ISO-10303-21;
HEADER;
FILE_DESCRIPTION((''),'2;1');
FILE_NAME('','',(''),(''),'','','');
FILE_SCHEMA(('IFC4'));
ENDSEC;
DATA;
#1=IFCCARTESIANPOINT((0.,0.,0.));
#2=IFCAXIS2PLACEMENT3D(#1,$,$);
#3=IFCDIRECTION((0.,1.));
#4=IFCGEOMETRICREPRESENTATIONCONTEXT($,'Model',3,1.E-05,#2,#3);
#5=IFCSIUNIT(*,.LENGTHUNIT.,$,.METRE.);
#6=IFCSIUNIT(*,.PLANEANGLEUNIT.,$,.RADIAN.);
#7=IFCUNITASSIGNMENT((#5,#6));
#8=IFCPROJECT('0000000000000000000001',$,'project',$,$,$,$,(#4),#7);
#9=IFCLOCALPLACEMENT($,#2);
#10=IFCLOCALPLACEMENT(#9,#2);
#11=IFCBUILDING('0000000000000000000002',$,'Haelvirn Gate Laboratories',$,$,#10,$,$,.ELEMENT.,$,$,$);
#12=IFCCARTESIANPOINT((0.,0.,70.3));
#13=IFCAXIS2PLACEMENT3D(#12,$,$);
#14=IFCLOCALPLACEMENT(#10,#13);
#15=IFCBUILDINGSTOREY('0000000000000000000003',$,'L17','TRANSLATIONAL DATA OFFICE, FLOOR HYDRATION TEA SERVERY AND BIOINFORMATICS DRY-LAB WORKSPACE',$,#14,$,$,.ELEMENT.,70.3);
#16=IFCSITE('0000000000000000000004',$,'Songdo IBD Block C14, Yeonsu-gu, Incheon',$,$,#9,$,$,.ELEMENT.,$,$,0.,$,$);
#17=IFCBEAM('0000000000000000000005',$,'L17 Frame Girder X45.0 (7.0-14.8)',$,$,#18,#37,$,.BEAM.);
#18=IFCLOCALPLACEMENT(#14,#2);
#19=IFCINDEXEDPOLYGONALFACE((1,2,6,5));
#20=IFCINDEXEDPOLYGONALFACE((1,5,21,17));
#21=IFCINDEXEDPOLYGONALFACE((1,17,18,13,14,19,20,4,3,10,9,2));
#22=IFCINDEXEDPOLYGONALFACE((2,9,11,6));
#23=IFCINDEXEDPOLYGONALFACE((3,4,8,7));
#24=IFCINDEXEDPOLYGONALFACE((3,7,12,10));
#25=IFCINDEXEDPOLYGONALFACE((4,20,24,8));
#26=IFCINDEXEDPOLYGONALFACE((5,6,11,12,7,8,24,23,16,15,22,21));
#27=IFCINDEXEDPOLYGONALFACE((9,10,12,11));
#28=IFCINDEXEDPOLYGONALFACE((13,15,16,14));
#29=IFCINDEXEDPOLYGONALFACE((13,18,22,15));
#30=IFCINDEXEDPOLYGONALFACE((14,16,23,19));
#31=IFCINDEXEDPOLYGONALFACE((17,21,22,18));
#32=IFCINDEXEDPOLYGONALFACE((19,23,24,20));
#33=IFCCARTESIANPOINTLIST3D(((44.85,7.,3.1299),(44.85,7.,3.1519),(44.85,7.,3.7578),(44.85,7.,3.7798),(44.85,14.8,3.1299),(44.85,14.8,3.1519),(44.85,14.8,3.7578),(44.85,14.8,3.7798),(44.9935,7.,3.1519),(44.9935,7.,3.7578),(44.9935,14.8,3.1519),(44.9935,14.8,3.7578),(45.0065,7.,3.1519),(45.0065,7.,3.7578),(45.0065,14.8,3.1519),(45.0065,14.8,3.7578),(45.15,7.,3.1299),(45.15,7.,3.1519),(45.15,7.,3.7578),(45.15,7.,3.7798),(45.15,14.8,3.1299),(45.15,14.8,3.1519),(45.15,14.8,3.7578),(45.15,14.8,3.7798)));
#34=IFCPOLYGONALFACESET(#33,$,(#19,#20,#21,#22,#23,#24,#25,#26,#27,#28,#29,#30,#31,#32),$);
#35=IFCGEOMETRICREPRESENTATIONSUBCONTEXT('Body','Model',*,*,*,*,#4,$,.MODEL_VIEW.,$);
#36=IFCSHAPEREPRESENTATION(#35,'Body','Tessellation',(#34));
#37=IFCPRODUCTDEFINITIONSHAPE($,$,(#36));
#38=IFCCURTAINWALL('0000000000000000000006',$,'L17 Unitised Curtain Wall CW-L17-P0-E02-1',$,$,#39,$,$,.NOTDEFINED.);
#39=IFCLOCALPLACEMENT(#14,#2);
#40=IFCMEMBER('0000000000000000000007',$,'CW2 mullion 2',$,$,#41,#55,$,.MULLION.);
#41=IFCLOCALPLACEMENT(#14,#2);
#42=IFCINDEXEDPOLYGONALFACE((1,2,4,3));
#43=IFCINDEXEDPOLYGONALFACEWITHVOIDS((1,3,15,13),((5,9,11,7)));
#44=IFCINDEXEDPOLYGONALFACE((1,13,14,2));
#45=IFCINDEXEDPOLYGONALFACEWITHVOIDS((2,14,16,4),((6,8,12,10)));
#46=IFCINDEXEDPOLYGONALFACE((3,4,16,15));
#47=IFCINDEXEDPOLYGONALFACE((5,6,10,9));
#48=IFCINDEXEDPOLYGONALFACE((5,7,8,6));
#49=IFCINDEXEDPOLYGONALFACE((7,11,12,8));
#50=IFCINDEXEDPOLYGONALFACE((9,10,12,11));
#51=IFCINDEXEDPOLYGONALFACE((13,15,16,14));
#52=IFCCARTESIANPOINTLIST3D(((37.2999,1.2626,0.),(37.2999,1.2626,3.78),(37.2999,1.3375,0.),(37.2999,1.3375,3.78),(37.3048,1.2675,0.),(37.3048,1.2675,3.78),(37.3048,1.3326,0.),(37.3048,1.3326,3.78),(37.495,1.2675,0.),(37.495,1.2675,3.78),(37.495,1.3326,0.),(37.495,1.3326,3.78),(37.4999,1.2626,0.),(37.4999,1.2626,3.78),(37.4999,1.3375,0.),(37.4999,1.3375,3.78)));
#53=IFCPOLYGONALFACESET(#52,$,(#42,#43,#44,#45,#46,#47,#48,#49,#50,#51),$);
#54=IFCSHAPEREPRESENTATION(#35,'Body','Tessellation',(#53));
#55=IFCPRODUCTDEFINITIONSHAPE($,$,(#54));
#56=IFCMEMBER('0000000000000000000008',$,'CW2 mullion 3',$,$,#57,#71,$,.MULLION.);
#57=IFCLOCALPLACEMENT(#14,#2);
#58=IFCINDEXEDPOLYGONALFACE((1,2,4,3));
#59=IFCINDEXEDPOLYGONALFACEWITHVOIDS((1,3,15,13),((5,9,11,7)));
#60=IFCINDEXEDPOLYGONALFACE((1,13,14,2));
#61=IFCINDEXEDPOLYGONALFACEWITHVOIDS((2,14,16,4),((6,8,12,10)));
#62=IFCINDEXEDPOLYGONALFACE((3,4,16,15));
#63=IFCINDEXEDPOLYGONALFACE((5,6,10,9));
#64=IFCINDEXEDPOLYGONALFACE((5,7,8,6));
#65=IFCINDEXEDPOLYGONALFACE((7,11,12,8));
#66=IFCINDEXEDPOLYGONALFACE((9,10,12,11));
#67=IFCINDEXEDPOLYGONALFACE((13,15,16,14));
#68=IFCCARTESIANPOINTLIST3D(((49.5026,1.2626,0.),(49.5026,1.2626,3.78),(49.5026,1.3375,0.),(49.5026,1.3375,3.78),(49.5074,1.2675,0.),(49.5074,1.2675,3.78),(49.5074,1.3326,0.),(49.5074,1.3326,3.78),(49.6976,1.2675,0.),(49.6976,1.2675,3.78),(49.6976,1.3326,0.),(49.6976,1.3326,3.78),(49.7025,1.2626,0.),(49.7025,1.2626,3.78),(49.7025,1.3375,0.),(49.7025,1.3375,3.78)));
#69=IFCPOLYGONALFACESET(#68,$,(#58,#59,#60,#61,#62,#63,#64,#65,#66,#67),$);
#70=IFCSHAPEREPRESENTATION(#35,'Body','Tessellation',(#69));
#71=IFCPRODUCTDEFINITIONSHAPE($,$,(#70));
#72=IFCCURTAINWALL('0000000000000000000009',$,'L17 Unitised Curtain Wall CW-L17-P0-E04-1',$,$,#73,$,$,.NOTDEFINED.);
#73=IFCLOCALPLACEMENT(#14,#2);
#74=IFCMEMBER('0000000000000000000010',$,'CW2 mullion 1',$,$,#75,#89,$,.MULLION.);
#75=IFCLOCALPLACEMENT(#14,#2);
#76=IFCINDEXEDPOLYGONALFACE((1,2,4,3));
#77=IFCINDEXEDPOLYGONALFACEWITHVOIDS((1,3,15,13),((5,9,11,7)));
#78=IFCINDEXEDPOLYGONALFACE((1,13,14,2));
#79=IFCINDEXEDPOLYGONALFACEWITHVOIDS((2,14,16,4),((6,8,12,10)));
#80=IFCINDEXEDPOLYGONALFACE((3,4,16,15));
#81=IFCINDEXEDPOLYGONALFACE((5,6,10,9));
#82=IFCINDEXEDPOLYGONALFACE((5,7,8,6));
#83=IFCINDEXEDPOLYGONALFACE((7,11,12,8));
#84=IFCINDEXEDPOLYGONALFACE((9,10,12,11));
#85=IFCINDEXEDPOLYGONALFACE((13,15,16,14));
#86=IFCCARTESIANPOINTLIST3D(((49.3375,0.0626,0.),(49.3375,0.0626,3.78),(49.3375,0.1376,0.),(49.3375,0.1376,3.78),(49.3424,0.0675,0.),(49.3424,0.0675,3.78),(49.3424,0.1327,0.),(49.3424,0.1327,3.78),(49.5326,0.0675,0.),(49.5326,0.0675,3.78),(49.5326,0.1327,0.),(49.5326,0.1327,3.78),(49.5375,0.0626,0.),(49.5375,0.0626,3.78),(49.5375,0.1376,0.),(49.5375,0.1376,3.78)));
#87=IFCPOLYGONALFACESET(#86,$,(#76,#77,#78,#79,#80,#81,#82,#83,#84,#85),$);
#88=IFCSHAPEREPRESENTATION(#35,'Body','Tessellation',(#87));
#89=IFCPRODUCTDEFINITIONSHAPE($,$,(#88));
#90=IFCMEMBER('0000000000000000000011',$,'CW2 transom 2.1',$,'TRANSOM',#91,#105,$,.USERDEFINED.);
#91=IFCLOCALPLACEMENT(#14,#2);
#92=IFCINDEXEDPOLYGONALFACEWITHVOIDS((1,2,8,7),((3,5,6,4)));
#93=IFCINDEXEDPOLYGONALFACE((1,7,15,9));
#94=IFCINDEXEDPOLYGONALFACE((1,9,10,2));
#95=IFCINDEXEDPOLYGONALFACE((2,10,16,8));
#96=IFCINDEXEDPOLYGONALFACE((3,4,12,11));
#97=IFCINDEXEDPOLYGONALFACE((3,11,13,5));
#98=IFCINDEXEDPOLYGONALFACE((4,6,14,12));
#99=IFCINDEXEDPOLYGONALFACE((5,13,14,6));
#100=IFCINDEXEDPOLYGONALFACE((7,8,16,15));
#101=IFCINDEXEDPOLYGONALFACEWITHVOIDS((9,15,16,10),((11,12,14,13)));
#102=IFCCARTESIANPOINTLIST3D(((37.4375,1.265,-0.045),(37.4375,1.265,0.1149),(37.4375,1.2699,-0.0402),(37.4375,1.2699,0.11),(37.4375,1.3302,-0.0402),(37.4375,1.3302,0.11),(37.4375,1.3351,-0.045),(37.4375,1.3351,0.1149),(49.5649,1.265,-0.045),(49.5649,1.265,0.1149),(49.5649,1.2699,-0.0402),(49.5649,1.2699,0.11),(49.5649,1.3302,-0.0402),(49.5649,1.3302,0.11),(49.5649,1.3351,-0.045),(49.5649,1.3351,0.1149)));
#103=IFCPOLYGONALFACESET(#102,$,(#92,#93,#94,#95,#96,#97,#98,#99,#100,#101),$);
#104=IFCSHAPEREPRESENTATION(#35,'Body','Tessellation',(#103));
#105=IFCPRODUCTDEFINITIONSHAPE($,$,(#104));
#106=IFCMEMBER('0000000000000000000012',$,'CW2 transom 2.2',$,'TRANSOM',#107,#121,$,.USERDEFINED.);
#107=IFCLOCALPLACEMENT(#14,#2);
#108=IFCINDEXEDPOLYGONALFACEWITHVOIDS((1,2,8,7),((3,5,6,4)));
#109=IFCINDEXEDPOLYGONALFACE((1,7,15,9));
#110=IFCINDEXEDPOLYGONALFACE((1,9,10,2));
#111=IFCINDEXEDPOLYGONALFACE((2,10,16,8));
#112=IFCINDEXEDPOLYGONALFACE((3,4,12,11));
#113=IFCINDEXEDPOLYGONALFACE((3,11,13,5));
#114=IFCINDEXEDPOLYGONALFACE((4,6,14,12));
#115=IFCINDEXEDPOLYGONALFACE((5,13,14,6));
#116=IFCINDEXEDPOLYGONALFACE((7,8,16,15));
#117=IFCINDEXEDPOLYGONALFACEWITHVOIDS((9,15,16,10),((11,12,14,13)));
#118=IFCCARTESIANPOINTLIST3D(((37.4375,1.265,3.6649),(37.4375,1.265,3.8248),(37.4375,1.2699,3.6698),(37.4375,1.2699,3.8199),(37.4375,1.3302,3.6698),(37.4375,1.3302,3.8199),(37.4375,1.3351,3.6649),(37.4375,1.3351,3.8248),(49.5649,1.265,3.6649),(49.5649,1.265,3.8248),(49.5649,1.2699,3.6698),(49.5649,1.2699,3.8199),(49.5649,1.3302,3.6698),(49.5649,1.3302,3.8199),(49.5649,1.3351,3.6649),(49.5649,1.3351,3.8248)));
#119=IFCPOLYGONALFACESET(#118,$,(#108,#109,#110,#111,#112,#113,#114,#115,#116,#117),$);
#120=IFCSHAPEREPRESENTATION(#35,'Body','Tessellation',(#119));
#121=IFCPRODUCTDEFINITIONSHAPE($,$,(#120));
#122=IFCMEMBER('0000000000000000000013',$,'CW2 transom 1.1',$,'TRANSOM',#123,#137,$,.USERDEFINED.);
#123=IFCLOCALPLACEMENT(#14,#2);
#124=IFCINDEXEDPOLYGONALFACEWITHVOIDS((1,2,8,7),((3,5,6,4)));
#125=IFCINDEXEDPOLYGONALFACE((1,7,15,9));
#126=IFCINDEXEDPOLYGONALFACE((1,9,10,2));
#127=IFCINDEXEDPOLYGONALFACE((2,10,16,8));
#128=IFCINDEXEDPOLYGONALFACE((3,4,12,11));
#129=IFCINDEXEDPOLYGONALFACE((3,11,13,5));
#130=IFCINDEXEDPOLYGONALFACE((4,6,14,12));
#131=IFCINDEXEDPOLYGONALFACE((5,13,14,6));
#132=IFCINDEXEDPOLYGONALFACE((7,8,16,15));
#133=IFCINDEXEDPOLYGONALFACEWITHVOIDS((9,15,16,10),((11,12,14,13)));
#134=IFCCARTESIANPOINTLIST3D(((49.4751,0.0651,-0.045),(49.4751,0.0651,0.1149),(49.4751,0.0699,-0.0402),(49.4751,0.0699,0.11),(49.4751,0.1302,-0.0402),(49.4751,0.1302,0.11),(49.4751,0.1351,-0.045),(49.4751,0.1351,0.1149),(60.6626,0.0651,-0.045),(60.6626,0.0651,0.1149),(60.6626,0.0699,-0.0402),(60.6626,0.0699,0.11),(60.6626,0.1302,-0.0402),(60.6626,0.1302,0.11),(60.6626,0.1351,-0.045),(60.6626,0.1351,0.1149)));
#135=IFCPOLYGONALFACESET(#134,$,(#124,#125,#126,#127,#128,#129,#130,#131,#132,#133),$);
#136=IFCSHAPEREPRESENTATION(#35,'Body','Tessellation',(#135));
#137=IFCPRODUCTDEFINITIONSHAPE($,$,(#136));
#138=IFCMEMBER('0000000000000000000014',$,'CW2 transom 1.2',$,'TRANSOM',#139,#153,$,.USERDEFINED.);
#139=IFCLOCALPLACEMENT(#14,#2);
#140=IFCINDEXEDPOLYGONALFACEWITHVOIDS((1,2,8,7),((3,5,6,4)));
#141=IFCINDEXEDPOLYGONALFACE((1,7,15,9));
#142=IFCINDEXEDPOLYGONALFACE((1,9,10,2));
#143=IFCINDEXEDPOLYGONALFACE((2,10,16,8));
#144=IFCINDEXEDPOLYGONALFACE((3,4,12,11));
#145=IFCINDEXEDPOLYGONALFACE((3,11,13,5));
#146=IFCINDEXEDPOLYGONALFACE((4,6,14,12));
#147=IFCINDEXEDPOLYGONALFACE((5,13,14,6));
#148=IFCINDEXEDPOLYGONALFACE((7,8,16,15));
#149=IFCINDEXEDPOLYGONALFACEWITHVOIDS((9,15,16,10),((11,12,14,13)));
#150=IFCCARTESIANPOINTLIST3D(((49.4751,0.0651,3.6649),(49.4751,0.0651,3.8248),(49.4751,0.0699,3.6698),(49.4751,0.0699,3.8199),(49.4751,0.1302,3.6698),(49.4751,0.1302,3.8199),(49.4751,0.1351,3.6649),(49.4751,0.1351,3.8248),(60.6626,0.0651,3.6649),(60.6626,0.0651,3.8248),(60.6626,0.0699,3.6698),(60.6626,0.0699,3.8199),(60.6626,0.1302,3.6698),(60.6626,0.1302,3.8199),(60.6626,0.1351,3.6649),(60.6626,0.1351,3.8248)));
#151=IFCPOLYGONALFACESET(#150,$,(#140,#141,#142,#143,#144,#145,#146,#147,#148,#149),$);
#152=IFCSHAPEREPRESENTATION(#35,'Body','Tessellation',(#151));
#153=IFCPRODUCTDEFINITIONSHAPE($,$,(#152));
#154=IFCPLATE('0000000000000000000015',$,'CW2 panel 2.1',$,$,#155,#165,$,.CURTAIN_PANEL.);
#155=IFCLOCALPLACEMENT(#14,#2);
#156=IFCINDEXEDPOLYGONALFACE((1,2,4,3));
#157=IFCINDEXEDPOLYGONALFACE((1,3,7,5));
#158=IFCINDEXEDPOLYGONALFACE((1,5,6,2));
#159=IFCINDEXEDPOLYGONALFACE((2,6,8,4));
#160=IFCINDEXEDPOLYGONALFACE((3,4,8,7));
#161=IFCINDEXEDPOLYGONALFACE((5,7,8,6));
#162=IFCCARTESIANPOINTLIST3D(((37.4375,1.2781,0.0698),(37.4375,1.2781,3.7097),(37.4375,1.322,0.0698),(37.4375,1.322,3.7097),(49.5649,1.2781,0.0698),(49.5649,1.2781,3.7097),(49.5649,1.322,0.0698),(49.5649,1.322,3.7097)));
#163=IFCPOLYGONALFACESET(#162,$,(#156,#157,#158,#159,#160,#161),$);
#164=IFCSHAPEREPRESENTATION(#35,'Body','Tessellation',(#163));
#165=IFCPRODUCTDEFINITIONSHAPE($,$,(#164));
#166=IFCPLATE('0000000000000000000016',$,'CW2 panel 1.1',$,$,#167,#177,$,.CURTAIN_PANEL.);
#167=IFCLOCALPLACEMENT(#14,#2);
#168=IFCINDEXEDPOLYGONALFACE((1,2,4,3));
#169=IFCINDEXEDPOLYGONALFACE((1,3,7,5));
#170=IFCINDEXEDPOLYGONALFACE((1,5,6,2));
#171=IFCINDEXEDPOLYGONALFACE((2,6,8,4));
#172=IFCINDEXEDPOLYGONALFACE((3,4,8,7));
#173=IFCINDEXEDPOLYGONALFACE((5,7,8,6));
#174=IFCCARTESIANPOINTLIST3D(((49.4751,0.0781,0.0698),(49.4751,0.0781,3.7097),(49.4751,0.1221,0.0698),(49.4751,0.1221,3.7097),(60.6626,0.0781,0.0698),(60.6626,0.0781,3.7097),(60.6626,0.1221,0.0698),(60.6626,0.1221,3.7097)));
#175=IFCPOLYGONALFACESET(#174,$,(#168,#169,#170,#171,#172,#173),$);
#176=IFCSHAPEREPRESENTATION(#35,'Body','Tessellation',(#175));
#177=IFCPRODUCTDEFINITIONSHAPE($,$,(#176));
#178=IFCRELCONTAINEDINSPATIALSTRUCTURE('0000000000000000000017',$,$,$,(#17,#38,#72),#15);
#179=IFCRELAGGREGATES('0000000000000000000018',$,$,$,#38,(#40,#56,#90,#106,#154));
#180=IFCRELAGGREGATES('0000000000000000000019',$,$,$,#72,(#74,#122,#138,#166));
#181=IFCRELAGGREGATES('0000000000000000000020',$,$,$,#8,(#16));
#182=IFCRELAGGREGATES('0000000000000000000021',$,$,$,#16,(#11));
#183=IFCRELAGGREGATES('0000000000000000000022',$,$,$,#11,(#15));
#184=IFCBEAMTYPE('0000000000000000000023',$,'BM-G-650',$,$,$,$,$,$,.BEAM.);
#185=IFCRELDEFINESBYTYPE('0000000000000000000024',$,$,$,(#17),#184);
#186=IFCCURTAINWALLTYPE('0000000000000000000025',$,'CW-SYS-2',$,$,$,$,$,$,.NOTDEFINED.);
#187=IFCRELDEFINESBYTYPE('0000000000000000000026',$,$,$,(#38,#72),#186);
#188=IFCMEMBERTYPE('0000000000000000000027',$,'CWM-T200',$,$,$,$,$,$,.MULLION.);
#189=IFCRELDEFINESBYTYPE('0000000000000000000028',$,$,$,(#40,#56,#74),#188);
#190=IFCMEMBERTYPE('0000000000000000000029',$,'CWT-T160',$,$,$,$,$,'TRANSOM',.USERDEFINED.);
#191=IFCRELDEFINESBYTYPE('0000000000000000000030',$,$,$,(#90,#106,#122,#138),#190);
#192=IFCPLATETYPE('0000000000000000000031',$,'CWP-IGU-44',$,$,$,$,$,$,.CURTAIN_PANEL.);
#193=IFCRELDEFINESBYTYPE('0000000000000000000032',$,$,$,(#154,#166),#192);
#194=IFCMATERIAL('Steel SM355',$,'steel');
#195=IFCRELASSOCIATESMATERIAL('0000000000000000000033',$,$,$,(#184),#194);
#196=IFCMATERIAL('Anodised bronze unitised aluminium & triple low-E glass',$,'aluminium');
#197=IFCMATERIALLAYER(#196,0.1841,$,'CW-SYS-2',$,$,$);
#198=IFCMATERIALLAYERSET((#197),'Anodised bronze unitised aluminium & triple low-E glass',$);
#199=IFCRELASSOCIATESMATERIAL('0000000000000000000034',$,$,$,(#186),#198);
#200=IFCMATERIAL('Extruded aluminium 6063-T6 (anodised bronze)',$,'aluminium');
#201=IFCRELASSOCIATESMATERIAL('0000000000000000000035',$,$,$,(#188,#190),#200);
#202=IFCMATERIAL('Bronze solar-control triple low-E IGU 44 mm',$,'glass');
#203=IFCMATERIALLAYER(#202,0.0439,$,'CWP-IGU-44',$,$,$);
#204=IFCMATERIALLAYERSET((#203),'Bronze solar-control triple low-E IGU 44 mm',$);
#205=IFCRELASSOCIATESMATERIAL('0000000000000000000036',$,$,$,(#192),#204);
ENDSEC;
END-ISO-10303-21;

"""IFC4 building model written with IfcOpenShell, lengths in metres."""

from ifc_helpers import new_model, si_unit, direction, frame, origin, origin_2d, place, context, subcontext, project, spatial, rectangle, hollow_rectangle, i_section, extrude, source, transform, mapped, material, layer, layer_set, material_profile, profile_set, type_object, type_shapes, element, aggregate, save


model = new_model("IFC4")

# Units and contexts
model_context = context("Model", 3, precision=1e-05, world=origin(), true_north=direction((0.0, 1.0)))
body_context = subcontext(model_context, "Body", "Model", "MODEL_VIEW")
ifc_project = project(units=[si_unit("LENGTHUNIT", "METRE"), si_unit("PLANEANGLEUNIT", "RADIAN")], contexts=[model_context])

# Site, building, storey
site_placement = place(None, origin())
site = spatial("IfcSite", under=ifc_project, at=site_placement, Name="Songdo IBD Block C14, Yeonsu-gu, Incheon", CompositionType="ELEMENT", RefElevation=0.0)
building_placement = place(site_placement, origin())
building = spatial("IfcBuilding", under=site, at=building_placement, Name="Haelvirn Gate Laboratories", CompositionType="ELEMENT")
storey_placement = place(building_placement, frame((0.0, 0.0, 70.3)))
storey = spatial("IfcBuildingStorey", under=building, at=storey_placement, Name="L17", Description="TRANSLATIONAL DATA OFFICE, FLOOR HYDRATION TEA SERVERY AND BIOINFORMATICS DRY-LAB WORKSPACE", CompositionType="ELEMENT", Elevation=70.3)

# Beam
ifc_material_1 = material(Name="Steel SM355", Category="steel")
ifc_material_profile_1 = material_profile(ifc_material_1, i_section(OverallWidth=0.3, OverallDepth=0.6499, WebThickness=0.0129, FlangeThickness=0.022, at=origin_2d()), Name="H-650x300x13x22")
ifc_profile_set_1 = profile_set([ifc_material_profile_1], Name="Steel SM355")
beam_type_1 = type_object("IfcBeamType", Name="BM-G-650", PredefinedType="BEAM", material=ifc_profile_set_1)
shared_shape_1 = source(origin(), body_context, "Body", "SweptSolid", [
    extrude(i_section(OverallWidth=0.3, OverallDepth=0.6499, WebThickness=0.0129, FlangeThickness=0.022, at=origin_2d()), origin(), (0.0, 0.0, 1.0), 7.8),
])
type_shapes(beam_type_1, [shared_shape_1])
for number, where, z_axis, x_axis, name in (
    (1, (45.0, 7.0, 3.4548), (0.0, 1.0, 0.0), (-1.0, 0.0, 0.0), "L17 Frame Girder X45.0 (7.0-14.8)"),
):
    element("IfcBeam", number, at=place(storey_placement, frame(where, z_axis=z_axis, x_axis=x_axis)), inside=storey, type_object=beam_type_1, Name=name, PredefinedType="BEAM", context=body_context, shape_type="MappedRepresentation", body=[
        mapped(shared_shape_1, transform((0.0, 0.0, 0.0), scale=1.0)),
    ])

# Curtain wall, members
ifc_material_2 = material(Name="Anodised bronze unitised aluminium & triple low-E glass", Category="aluminium")
ifc_layer_1 = layer(ifc_material_2, 0.1841, Name="CW-SYS-2")
ifc_layer_set_1 = layer_set([ifc_layer_1], Name="Anodised bronze unitised aluminium & triple low-E glass")
curtain_wall_type = type_object("IfcCurtainWallType", Name="CW-SYS-2", PredefinedType="NOTDEFINED", material=ifc_layer_set_1)
curtain_wall_1_placement = place(storey_placement, origin())
curtain_wall_1 = element("IfcCurtainWall", 2, at=curtain_wall_1_placement, inside=storey, type_object=curtain_wall_type, Name="L17 Unitised Curtain Wall CW-L17-P0-E02-1", PredefinedType="NOTDEFINED")
ifc_material_3 = material(Name="Extruded aluminium 6063-T6 (anodised bronze)", Category="aluminium")
ifc_material_profile_2 = material_profile(ifc_material_3, hollow_rectangle(XDim=0.075, YDim=0.2, WallThickness=0.0049, at=origin_2d()), Name="CWM-200x75x5")
ifc_profile_set_2 = profile_set([ifc_material_profile_2], Name="Extruded aluminium 6063-T6 (anodised bronze)")
member_type_1 = type_object("IfcMemberType", Name="CWM-T200", PredefinedType="MULLION", material=ifc_profile_set_2)
shared_shape_2 = source(origin(), body_context, "Body", "SweptSolid", [
    extrude(hollow_rectangle(XDim=0.075, YDim=0.2, WallThickness=0.0049, at=origin_2d()), origin(), (0.0, 0.0, 1.0), 3.78),
])
type_shapes(member_type_1, [shared_shape_2])
member_1_placement = place(storey_placement, frame((37.3999, 1.3, 0.0), z_axis=(0.0, 0.0, 1.0), x_axis=(0.0, 1.0, 0.0)))
member_1 = element("IfcMember", 3, at=member_1_placement, type_object=member_type_1, Name="CW2 mullion 2", PredefinedType="MULLION", context=body_context, shape_type="MappedRepresentation", body=[
    mapped(shared_shape_2, transform((0.0, 0.0, 0.0), scale=1.0)),
])
member_2_placement = place(storey_placement, frame((49.6025, 1.3, 0.0), z_axis=(0.0, 0.0, 1.0), x_axis=(0.0, 1.0, 0.0)))
member_2 = element("IfcMember", 4, at=member_2_placement, type_object=member_type_1, Name="CW2 mullion 3", PredefinedType="MULLION", context=body_context, shape_type="MappedRepresentation", body=[
    mapped(shared_shape_2, transform((0.0, 0.0, 0.0), scale=1.0)),
])

# Curtain wall, member
curtain_wall_2_placement = place(storey_placement, origin())
curtain_wall_2 = element("IfcCurtainWall", 5, at=curtain_wall_2_placement, inside=storey, type_object=curtain_wall_type, Name="L17 Unitised Curtain Wall CW-L17-P0-E04-1", PredefinedType="NOTDEFINED")
member_3_placement = place(storey_placement, frame((49.4375, 0.1001, 0.0), z_axis=(0.0, 0.0, 1.0), x_axis=(0.0, 1.0, 0.0)))
member_3 = element("IfcMember", 6, at=member_3_placement, type_object=member_type_1, Name="CW2 mullion 1", PredefinedType="MULLION", context=body_context, shape_type="MappedRepresentation", body=[
    mapped(shared_shape_2, transform((0.0, 0.0, 0.0), scale=1.0)),
])

# Members
ifc_material_profile_3 = material_profile(ifc_material_3, hollow_rectangle(XDim=0.0701, YDim=0.1599, WallThickness=0.0049, at=origin_2d()), Name="CWT-160x70x5")
ifc_profile_set_3 = profile_set([ifc_material_profile_3], Name="Extruded aluminium 6063-T6 (anodised bronze)")
member_type_2 = type_object("IfcMemberType", Name="CWT-T160", ElementType="TRANSOM", PredefinedType="USERDEFINED", material=ifc_profile_set_3)
shared_shape_3 = source(origin(), body_context, "Body", "SweptSolid", [
    extrude(hollow_rectangle(XDim=0.0701, YDim=0.1599, WallThickness=0.0049, at=origin_2d()), origin(), (0.0, 0.0, 1.0), 12.1274),
])
member_4_placement = place(storey_placement, frame((37.4375, 1.3, 0.0349), z_axis=(1.0, 0.0, 0.0), x_axis=(0.0, 1.0, 0.0)))
member_4 = element("IfcMember", 7, at=member_4_placement, type_object=member_type_2, Name="CW2 transom 2.1", ObjectType="TRANSOM", PredefinedType="USERDEFINED", context=body_context, shape_type="MappedRepresentation", body=[
    mapped(shared_shape_3, transform((0.0, 0.0, 0.0), scale=1.0)),
])
member_5_placement = place(storey_placement, frame((37.4375, 1.3, 3.7449), z_axis=(1.0, 0.0, 0.0), x_axis=(0.0, 1.0, 0.0)))
member_5 = element("IfcMember", 8, at=member_5_placement, type_object=member_type_2, Name="CW2 transom 2.2", ObjectType="TRANSOM", PredefinedType="USERDEFINED", context=body_context, shape_type="MappedRepresentation", body=[
    mapped(shared_shape_3, transform((0.0, 0.0, 0.0), scale=1.0)),
])
shared_shape_4 = source(origin(), body_context, "Body", "SweptSolid", [
    extrude(hollow_rectangle(XDim=0.0701, YDim=0.1599, WallThickness=0.0049, at=origin_2d()), origin(), (0.0, 0.0, 1.0), 11.1875),
])
type_shapes(member_type_2, [shared_shape_3, shared_shape_4])
member_6_placement = place(storey_placement, frame((49.4751, 0.1001, 0.0349), z_axis=(1.0, 0.0, 0.0), x_axis=(0.0, 1.0, 0.0)))
member_6 = element("IfcMember", 9, at=member_6_placement, type_object=member_type_2, Name="CW2 transom 1.1", ObjectType="TRANSOM", PredefinedType="USERDEFINED", context=body_context, shape_type="MappedRepresentation", body=[
    mapped(shared_shape_4, transform((0.0, 0.0, 0.0), scale=1.0)),
])
member_7_placement = place(storey_placement, frame((49.4751, 0.1001, 3.7449), z_axis=(1.0, 0.0, 0.0), x_axis=(0.0, 1.0, 0.0)))
member_7 = element("IfcMember", 10, at=member_7_placement, type_object=member_type_2, Name="CW2 transom 1.2", ObjectType="TRANSOM", PredefinedType="USERDEFINED", context=body_context, shape_type="MappedRepresentation", body=[
    mapped(shared_shape_4, transform((0.0, 0.0, 0.0), scale=1.0)),
])

# Plates
ifc_material_4 = material(Name="Bronze solar-control triple low-E IGU 44 mm", Category="glass")
ifc_layer_2 = layer(ifc_material_4, 0.0439, Name="CWP-IGU-44")
ifc_layer_set_2 = layer_set([ifc_layer_2], Name="Bronze solar-control triple low-E IGU 44 mm")
plate_type = type_object("IfcPlateType", Name="CWP-IGU-44", PredefinedType="CURTAIN_PANEL", material=ifc_layer_set_2)
shared_shape_5 = source(origin(), body_context, "Body", "SweptSolid", [
    extrude(rectangle(XDim=12.1274, YDim=0.0439, at=origin_2d()), origin(), (0.0, 0.0, 1.0), 3.6399),
])
plate_1_placement = place(storey_placement, frame((43.5012, 1.3, 0.0698), z_axis=(0.0, 0.0, 1.0), x_axis=(1.0, 0.0, 0.0)))
plate_1 = element("IfcPlate", 11, at=plate_1_placement, type_object=plate_type, Name="CW2 panel 2.1", PredefinedType="CURTAIN_PANEL", context=body_context, shape_type="MappedRepresentation", body=[
    mapped(shared_shape_5, transform((0.0, 0.0, 0.0), scale=1.0)),
])
aggregate(curtain_wall_1, [member_1, member_2, member_4, member_5, plate_1])
shared_shape_6 = source(origin(), body_context, "Body", "SweptSolid", [
    extrude(rectangle(XDim=11.1875, YDim=0.0439, at=origin_2d()), origin(), (0.0, 0.0, 1.0), 3.6399),
])
type_shapes(plate_type, [shared_shape_5, shared_shape_6])
plate_2_placement = place(storey_placement, frame((55.0688, 0.1001, 0.0698), z_axis=(0.0, 0.0, 1.0), x_axis=(1.0, 0.0, 0.0)))
plate_2 = element("IfcPlate", 12, at=plate_2_placement, type_object=plate_type, Name="CW2 panel 1.1", PredefinedType="CURTAIN_PANEL", context=body_context, shape_type="MappedRepresentation", body=[
    mapped(shared_shape_6, transform((0.0, 0.0, 0.0), scale=1.0)),
])
aggregate(curtain_wall_2, [member_3, member_6, member_7, plate_2])

save(model, "model.ifc")
